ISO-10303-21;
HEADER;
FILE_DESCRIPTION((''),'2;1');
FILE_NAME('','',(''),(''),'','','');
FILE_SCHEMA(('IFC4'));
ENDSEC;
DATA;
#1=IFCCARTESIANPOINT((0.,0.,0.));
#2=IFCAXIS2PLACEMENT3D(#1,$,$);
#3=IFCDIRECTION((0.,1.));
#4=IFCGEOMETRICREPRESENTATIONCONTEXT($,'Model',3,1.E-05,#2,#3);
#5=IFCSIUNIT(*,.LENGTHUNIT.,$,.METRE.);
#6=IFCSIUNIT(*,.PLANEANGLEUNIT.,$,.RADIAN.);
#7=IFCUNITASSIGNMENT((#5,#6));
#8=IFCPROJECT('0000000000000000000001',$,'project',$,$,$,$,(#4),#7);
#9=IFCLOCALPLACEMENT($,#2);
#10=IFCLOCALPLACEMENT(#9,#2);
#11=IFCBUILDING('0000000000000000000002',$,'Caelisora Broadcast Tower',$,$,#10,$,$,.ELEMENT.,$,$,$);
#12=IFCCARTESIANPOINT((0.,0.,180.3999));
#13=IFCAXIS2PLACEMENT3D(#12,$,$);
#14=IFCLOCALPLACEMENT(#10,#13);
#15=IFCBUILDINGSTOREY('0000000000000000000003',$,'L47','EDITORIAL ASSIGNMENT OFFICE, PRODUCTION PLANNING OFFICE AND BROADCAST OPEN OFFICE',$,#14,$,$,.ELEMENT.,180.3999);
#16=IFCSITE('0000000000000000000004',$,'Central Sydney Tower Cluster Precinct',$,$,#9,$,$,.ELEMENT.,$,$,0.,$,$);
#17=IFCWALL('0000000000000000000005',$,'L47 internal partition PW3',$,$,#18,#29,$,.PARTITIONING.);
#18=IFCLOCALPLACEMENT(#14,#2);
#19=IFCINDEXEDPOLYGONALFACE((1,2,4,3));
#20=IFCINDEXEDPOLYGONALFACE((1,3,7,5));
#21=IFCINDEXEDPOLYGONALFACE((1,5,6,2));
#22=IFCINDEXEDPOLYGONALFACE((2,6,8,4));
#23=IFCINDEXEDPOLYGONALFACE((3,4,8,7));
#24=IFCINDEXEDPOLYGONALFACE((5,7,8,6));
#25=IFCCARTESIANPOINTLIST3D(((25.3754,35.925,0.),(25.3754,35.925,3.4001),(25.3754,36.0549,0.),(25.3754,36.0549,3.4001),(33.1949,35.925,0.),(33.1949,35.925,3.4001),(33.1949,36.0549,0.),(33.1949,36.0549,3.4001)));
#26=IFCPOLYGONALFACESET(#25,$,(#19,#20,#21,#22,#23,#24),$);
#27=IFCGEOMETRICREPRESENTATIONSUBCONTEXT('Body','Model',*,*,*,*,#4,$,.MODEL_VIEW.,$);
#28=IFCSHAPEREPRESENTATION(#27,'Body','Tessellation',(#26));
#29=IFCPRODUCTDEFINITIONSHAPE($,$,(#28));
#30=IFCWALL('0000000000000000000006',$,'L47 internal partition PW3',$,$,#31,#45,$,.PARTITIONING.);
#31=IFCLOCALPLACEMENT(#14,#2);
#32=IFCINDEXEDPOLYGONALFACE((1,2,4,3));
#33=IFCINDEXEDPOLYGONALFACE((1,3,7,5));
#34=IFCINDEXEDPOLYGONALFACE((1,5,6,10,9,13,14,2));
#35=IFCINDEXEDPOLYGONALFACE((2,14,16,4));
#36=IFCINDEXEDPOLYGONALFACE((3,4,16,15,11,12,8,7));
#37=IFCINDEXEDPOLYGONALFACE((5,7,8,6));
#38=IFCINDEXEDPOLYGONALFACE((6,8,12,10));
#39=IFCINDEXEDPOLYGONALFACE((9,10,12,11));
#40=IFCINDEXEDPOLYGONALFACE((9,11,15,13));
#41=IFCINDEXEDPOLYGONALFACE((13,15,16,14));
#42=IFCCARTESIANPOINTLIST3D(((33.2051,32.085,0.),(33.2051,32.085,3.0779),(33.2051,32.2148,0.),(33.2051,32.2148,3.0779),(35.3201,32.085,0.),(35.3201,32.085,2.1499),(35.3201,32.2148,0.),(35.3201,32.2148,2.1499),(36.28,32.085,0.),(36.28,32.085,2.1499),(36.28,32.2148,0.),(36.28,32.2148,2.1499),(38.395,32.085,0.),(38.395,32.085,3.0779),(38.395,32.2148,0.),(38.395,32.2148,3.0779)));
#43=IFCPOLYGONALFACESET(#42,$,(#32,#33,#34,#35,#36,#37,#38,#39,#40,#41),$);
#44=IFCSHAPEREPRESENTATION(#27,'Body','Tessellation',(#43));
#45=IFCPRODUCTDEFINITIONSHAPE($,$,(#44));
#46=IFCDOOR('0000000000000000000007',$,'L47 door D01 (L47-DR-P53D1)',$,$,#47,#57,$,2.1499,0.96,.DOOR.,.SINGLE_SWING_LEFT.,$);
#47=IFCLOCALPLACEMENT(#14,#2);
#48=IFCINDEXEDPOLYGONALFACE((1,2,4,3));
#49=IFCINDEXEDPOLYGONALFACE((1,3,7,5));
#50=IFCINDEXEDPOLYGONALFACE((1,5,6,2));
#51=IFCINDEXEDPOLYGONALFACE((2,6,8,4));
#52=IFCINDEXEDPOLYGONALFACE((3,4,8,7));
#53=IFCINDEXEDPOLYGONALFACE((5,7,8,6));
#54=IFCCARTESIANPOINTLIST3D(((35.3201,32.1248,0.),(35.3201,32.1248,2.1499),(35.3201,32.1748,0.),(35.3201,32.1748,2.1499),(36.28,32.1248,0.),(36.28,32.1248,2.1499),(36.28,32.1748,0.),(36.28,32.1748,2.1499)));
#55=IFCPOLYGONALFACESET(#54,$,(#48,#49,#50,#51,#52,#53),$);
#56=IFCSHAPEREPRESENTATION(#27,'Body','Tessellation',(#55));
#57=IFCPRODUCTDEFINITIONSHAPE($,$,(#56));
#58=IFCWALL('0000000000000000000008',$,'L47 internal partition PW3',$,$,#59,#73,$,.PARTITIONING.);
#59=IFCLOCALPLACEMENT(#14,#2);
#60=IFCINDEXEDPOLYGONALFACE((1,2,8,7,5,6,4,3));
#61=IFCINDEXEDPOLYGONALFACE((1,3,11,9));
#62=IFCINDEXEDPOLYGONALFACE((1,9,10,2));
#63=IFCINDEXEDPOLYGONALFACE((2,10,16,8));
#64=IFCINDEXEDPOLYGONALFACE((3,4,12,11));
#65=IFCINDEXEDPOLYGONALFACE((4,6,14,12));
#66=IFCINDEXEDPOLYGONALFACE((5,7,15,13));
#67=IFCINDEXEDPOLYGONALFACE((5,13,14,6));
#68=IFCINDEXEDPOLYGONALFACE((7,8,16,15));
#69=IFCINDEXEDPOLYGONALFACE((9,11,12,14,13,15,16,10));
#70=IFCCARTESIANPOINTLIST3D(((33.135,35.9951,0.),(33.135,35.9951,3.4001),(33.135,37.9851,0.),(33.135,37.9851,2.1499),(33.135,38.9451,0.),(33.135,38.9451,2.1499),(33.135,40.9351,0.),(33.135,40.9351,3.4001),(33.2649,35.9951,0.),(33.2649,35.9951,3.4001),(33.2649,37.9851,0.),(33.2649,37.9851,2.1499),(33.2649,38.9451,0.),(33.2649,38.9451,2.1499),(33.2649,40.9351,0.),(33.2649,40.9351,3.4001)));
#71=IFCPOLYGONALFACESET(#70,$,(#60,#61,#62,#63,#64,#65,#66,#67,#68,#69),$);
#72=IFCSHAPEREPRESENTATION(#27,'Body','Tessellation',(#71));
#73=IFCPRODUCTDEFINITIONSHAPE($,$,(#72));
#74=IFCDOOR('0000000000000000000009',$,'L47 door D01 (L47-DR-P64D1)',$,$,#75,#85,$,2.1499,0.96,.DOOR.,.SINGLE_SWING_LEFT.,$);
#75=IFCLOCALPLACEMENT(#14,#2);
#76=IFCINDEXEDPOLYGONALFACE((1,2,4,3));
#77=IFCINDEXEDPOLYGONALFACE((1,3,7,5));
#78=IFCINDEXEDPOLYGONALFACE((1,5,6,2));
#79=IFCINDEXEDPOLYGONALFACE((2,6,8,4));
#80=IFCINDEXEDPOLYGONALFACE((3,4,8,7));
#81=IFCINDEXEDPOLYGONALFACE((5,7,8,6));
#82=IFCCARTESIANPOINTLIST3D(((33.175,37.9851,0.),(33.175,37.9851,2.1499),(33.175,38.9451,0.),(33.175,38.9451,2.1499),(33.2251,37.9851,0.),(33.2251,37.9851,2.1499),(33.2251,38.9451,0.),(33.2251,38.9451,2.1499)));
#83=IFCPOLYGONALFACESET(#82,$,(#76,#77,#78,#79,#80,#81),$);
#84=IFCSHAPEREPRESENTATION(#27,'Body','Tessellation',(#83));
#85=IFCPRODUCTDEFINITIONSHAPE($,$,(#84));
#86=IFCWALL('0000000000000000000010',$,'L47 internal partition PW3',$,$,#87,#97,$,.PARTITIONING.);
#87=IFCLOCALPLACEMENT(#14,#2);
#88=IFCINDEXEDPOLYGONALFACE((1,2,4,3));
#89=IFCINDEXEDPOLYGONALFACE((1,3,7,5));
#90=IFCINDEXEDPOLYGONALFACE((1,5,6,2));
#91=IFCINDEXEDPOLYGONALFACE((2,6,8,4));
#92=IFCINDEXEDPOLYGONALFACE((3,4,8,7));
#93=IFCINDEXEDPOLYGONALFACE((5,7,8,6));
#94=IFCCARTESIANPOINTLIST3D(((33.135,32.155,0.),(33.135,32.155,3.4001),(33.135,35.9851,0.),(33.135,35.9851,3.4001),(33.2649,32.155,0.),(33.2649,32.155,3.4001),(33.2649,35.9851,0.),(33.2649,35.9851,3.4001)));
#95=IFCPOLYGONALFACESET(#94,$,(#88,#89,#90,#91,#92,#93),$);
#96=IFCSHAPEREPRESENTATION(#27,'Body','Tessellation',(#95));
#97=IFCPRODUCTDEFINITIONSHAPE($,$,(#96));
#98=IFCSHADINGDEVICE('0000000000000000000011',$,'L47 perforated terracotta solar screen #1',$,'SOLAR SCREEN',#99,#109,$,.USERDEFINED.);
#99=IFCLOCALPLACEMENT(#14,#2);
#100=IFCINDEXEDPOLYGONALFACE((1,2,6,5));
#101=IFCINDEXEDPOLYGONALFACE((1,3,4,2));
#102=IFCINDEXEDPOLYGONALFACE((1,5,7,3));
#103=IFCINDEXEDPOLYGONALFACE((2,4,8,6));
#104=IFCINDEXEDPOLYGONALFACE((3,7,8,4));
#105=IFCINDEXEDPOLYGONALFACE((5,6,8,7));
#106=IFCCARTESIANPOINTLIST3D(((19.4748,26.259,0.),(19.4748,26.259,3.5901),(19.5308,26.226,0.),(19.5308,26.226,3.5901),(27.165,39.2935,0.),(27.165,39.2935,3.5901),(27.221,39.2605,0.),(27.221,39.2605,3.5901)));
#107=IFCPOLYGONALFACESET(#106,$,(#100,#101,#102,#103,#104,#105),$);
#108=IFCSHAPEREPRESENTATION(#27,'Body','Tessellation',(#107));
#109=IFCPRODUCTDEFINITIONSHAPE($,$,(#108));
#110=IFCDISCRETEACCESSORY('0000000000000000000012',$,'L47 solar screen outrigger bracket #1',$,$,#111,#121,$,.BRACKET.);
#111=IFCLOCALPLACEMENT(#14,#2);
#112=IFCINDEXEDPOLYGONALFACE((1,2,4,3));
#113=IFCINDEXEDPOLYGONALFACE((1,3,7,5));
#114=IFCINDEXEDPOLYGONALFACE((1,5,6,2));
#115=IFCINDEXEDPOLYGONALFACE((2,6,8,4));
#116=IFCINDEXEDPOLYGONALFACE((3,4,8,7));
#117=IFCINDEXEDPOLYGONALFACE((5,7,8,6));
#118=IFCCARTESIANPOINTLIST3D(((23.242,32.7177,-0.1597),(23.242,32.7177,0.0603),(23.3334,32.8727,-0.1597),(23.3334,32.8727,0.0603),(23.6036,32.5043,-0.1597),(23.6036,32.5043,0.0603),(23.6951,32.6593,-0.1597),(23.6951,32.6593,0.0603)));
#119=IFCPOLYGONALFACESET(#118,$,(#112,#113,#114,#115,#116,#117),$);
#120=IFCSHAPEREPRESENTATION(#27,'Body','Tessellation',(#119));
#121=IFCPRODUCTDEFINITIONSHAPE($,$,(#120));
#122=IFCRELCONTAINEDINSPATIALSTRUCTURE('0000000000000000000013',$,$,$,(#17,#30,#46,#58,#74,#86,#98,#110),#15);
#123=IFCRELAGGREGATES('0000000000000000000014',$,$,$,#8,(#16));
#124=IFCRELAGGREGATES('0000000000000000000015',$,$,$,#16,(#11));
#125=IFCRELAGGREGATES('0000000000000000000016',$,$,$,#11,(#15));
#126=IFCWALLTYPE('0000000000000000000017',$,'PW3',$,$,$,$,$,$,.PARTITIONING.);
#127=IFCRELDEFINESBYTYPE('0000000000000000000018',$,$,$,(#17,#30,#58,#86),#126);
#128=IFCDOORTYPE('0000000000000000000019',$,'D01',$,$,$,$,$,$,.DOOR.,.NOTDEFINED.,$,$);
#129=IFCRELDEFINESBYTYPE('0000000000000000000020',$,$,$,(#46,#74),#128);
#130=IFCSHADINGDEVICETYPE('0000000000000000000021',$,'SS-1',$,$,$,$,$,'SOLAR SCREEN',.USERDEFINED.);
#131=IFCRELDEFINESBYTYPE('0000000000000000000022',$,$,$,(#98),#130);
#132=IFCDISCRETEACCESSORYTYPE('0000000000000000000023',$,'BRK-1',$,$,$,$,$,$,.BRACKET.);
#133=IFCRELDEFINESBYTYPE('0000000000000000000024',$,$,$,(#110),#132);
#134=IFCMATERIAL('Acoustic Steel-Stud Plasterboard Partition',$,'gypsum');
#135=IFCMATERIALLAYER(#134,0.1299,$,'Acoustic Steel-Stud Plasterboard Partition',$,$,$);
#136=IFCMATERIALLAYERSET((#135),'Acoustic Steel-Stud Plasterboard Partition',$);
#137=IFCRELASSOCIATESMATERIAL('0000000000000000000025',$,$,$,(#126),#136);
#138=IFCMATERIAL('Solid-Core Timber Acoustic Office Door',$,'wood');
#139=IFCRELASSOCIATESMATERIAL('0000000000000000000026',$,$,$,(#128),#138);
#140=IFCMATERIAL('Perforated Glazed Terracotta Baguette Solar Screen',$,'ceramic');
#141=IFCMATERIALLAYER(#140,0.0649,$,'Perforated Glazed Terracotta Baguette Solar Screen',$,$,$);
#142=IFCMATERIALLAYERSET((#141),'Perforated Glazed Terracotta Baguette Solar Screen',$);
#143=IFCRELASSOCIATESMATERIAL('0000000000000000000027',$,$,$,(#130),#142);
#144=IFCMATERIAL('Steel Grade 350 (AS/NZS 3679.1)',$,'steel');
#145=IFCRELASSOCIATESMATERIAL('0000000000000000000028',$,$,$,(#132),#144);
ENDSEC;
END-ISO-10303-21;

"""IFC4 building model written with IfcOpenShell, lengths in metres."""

from ifc_helpers import new_model, si_unit, direction, frame, frame_2d, origin, origin_2d, place, context, subcontext, project, spatial, rectangle, extrude, source, transform, mapped, material, layer, layer_set, type_object, type_shapes, element, fill, save


model = new_model("IFC4")

# Units and contexts
model_context = context("Model", 3, precision=1e-05, world=origin(), true_north=direction((0.0, 1.0)))
body_context = subcontext(model_context, "Body", "Model", "MODEL_VIEW")
ifc_project = project(units=[si_unit("LENGTHUNIT", "METRE"), si_unit("PLANEANGLEUNIT", "RADIAN")], contexts=[model_context])

# Site, building, storey
site_placement = place(None, origin())
site = spatial("IfcSite", under=ifc_project, at=site_placement, Name="Central Sydney Tower Cluster Precinct", CompositionType="ELEMENT", RefElevation=0.0)
building_placement = place(site_placement, origin())
building = spatial("IfcBuilding", under=site, at=building_placement, Name="Caelisora Broadcast Tower", CompositionType="ELEMENT")
storey_placement = place(building_placement, frame((0.0, 0.0, 180.3999)))
storey = spatial("IfcBuildingStorey", under=building, at=storey_placement, Name="L47", Description="EDITORIAL ASSIGNMENT OFFICE, PRODUCTION PLANNING OFFICE AND BROADCAST OPEN OFFICE", CompositionType="ELEMENT", Elevation=180.3999)

# Shared definitions
ifc_material_1 = material(Name="Steel Grade 350 (AS/NZS 3679.1)", Category="steel")

# Shared definitions
ifc_material_2 = material(Name="Acoustic Steel-Stud Plasterboard Partition", Category="gypsum")
ifc_layer_1 = layer(ifc_material_2, 0.1299, Name="Acoustic Steel-Stud Plasterboard Partition")
ifc_layer_set_1 = layer_set([ifc_layer_1], Name="Acoustic Steel-Stud Plasterboard Partition")
wall_type = type_object("IfcWallType", Name="PW3", PredefinedType="PARTITIONING", material=ifc_layer_set_1)
ifc_material_3 = material(Name="Solid-Core Timber Acoustic Office Door", Category="wood")
door_type = type_object("IfcDoorType", Name="D01", OperationType="NOTDEFINED", PredefinedType="DOOR", material=ifc_material_3)

# Wall
wall_1_placement = place(storey_placement, frame((25.3755, 35.99, 0.0), z_axis=(0.0, 0.0, 1.0), x_axis=(1.0, 0.0, 0.0)))
element("IfcWall", 1, at=wall_1_placement, inside=storey, type_object=wall_type, Name="L47 internal partition PW3", PredefinedType="PARTITIONING", context=body_context, shape_type="SweptSolid", body=[
    extrude(rectangle(XDim=7.8196, YDim=0.1299, at=frame_2d((3.9097, 0.0))), origin(), (0.0, 0.0, 1.0), 3.4001),
])

# Walls, openings, doors
wall_2_placement = place(storey_placement, frame((33.2051, 32.1499, 0.0), z_axis=(0.0, 0.0, 1.0), x_axis=(1.0, 0.0, 0.0)))
wall_2 = element("IfcWall", 2, at=wall_2_placement, inside=storey, type_object=wall_type, Name="L47 internal partition PW3", PredefinedType="PARTITIONING", context=body_context, shape_type="SweptSolid", body=[
    extrude(rectangle(XDim=5.1899, YDim=0.1299, at=frame_2d((2.595, 0.0))), origin(), (0.0, 0.0, 1.0), 3.0779),
])
opening_1_placement = place(wall_2_placement, frame((2.115, 0.0, 0.0)))
opening_1 = element("IfcOpeningElement", 3, at=opening_1_placement, cuts=wall_2, PredefinedType="OPENING", context=body_context, shape_type="SweptSolid", body=[
    extrude(rectangle(XDim=0.96, YDim=2.1499, at=frame_2d((0.48, 1.075))), frame((0.0, 0.0769, 0.0), z_axis=(0.0, -1.0, 0.0), x_axis=(1.0, 0.0, 0.0)), (0.0, 0.0, 1.0), 0.1538),
])
door_1_placement = place(opening_1_placement, origin())
door_1 = element("IfcDoor", 4, at=door_1_placement, inside=storey, type_object=door_type, Name="L47 door D01 (L47-DR-P53D1)", OperationType="SINGLE_SWING_LEFT", OverallHeight=2.1499, OverallWidth=0.96, PredefinedType="DOOR", context=body_context, shape_type="SweptSolid", body=[
    extrude(rectangle(XDim=0.96, YDim=2.1499, at=frame_2d((0.48, 1.075))), frame((0.0, 0.0249, 0.0), z_axis=(0.0, -1.0, 0.0), x_axis=(1.0, 0.0, 0.0)), (0.0, 0.0, 1.0), 0.05),
])
fill(opening_1, door_1)
wall_3_placement = place(storey_placement, frame((33.2, 35.9951, 0.0), z_axis=(0.0, 0.0, 1.0), x_axis=(0.0, 1.0, 0.0)))
wall_3 = element("IfcWall", 5, at=wall_3_placement, inside=storey, type_object=wall_type, Name="L47 internal partition PW3", PredefinedType="PARTITIONING", context=body_context, shape_type="SweptSolid", body=[
    extrude(rectangle(XDim=4.9399, YDim=0.1299, at=frame_2d((2.47, 0.0))), origin(), (0.0, 0.0, 1.0), 3.4001),
])
opening_2_placement = place(wall_3_placement, frame((1.99, 0.0, 0.0)))
opening_2 = element("IfcOpeningElement", 6, at=opening_2_placement, cuts=wall_3, PredefinedType="OPENING", context=body_context, shape_type="SweptSolid", body=[
    extrude(rectangle(XDim=0.96, YDim=2.1499, at=frame_2d((0.48, 1.075))), frame((0.0, 0.0769, 0.0), z_axis=(0.0, -1.0, 0.0), x_axis=(1.0, 0.0, 0.0)), (0.0, 0.0, 1.0), 0.1538),
])
door_2_placement = place(opening_2_placement, origin())
door_2 = element("IfcDoor", 7, at=door_2_placement, inside=storey, type_object=door_type, Name="L47 door D01 (L47-DR-P64D1)", OperationType="SINGLE_SWING_LEFT", OverallHeight=2.1499, OverallWidth=0.96, PredefinedType="DOOR", context=body_context, shape_type="SweptSolid", body=[
    extrude(rectangle(XDim=0.96, YDim=2.1499, at=frame_2d((0.48, 1.075))), frame((0.0, 0.0249, 0.0), z_axis=(0.0, -1.0, 0.0), x_axis=(1.0, 0.0, 0.0)), (0.0, 0.0, 1.0), 0.05),
])
fill(opening_2, door_2)

# Wall
wall_4_placement = place(storey_placement, frame((33.2, 32.155, 0.0), z_axis=(0.0, 0.0, 1.0), x_axis=(0.0, 1.0, 0.0)))
element("IfcWall", 8, at=wall_4_placement, inside=storey, type_object=wall_type, Name="L47 internal partition PW3", PredefinedType="PARTITIONING", context=body_context, shape_type="SweptSolid", body=[
    extrude(rectangle(XDim=3.8301, YDim=0.1299, at=frame_2d((1.915, 0.0))), origin(), (0.0, 0.0, 1.0), 3.4001),
])

# Shading device
ifc_material_4 = material(Name="Perforated Glazed Terracotta Baguette Solar Screen", Category="ceramic")
ifc_layer_2 = layer(ifc_material_4, 0.0649, Name="Perforated Glazed Terracotta Baguette Solar Screen")
ifc_layer_set_2 = layer_set([ifc_layer_2], Name="Perforated Glazed Terracotta Baguette Solar Screen")
shading_device_type = type_object("IfcShadingDeviceType", Name="SS-1", ElementType="SOLAR SCREEN", PredefinedType="USERDEFINED", material=ifc_layer_set_2)
shared_shape_1 = source(origin(), body_context, "Body", "SweptSolid", [
    extrude(rectangle(XDim=15.134, YDim=0.0649, at=origin_2d()), origin(), (0.0, 0.0, 1.0), 3.5901),
])
type_shapes(shading_device_type, [shared_shape_1])
shading_device_placement = place(storey_placement, frame((23.3479, 32.7598, 0.0), z_axis=(0.0, 0.0, 1.0), x_axis=(-0.50814, -0.861275, 0.0)))
element("IfcShadingDevice", 9, at=shading_device_placement, inside=storey, type_object=shading_device_type, Name="L47 perforated terracotta solar screen #1", ObjectType="SOLAR SCREEN", PredefinedType="USERDEFINED", context=body_context, shape_type="MappedRepresentation", body=[
    mapped(shared_shape_1, transform((0.0, 0.0, 0.0), scale=1.0)),
])

# Discrete accessory
discrete_accessory_type = type_object("IfcDiscreteAccessoryType", Name="BRK-1", PredefinedType="BRACKET", material=ifc_material_1)
shared_shape_2 = source(origin(), body_context, "Body", "SweptSolid", [
    extrude(rectangle(XDim=0.1799, YDim=0.4199, at=origin_2d()), origin(), (0.0, 0.0, 1.0), 0.22),
])
type_shapes(discrete_accessory_type, [shared_shape_2])
discrete_accessory_placement = place(storey_placement, frame((23.4685, 32.6885, -0.1597), z_axis=(0.0, 0.0, 1.0), x_axis=(-0.50814, -0.861275, 0.0)))
element("IfcDiscreteAccessory", 10, at=discrete_accessory_placement, inside=storey, type_object=discrete_accessory_type, Name="L47 solar screen outrigger bracket #1", PredefinedType="BRACKET", context=body_context, shape_type="MappedRepresentation", body=[
    mapped(shared_shape_2, transform((0.0, 0.0, 0.0), scale=1.0)),
])

save(model, "model.ifc")
